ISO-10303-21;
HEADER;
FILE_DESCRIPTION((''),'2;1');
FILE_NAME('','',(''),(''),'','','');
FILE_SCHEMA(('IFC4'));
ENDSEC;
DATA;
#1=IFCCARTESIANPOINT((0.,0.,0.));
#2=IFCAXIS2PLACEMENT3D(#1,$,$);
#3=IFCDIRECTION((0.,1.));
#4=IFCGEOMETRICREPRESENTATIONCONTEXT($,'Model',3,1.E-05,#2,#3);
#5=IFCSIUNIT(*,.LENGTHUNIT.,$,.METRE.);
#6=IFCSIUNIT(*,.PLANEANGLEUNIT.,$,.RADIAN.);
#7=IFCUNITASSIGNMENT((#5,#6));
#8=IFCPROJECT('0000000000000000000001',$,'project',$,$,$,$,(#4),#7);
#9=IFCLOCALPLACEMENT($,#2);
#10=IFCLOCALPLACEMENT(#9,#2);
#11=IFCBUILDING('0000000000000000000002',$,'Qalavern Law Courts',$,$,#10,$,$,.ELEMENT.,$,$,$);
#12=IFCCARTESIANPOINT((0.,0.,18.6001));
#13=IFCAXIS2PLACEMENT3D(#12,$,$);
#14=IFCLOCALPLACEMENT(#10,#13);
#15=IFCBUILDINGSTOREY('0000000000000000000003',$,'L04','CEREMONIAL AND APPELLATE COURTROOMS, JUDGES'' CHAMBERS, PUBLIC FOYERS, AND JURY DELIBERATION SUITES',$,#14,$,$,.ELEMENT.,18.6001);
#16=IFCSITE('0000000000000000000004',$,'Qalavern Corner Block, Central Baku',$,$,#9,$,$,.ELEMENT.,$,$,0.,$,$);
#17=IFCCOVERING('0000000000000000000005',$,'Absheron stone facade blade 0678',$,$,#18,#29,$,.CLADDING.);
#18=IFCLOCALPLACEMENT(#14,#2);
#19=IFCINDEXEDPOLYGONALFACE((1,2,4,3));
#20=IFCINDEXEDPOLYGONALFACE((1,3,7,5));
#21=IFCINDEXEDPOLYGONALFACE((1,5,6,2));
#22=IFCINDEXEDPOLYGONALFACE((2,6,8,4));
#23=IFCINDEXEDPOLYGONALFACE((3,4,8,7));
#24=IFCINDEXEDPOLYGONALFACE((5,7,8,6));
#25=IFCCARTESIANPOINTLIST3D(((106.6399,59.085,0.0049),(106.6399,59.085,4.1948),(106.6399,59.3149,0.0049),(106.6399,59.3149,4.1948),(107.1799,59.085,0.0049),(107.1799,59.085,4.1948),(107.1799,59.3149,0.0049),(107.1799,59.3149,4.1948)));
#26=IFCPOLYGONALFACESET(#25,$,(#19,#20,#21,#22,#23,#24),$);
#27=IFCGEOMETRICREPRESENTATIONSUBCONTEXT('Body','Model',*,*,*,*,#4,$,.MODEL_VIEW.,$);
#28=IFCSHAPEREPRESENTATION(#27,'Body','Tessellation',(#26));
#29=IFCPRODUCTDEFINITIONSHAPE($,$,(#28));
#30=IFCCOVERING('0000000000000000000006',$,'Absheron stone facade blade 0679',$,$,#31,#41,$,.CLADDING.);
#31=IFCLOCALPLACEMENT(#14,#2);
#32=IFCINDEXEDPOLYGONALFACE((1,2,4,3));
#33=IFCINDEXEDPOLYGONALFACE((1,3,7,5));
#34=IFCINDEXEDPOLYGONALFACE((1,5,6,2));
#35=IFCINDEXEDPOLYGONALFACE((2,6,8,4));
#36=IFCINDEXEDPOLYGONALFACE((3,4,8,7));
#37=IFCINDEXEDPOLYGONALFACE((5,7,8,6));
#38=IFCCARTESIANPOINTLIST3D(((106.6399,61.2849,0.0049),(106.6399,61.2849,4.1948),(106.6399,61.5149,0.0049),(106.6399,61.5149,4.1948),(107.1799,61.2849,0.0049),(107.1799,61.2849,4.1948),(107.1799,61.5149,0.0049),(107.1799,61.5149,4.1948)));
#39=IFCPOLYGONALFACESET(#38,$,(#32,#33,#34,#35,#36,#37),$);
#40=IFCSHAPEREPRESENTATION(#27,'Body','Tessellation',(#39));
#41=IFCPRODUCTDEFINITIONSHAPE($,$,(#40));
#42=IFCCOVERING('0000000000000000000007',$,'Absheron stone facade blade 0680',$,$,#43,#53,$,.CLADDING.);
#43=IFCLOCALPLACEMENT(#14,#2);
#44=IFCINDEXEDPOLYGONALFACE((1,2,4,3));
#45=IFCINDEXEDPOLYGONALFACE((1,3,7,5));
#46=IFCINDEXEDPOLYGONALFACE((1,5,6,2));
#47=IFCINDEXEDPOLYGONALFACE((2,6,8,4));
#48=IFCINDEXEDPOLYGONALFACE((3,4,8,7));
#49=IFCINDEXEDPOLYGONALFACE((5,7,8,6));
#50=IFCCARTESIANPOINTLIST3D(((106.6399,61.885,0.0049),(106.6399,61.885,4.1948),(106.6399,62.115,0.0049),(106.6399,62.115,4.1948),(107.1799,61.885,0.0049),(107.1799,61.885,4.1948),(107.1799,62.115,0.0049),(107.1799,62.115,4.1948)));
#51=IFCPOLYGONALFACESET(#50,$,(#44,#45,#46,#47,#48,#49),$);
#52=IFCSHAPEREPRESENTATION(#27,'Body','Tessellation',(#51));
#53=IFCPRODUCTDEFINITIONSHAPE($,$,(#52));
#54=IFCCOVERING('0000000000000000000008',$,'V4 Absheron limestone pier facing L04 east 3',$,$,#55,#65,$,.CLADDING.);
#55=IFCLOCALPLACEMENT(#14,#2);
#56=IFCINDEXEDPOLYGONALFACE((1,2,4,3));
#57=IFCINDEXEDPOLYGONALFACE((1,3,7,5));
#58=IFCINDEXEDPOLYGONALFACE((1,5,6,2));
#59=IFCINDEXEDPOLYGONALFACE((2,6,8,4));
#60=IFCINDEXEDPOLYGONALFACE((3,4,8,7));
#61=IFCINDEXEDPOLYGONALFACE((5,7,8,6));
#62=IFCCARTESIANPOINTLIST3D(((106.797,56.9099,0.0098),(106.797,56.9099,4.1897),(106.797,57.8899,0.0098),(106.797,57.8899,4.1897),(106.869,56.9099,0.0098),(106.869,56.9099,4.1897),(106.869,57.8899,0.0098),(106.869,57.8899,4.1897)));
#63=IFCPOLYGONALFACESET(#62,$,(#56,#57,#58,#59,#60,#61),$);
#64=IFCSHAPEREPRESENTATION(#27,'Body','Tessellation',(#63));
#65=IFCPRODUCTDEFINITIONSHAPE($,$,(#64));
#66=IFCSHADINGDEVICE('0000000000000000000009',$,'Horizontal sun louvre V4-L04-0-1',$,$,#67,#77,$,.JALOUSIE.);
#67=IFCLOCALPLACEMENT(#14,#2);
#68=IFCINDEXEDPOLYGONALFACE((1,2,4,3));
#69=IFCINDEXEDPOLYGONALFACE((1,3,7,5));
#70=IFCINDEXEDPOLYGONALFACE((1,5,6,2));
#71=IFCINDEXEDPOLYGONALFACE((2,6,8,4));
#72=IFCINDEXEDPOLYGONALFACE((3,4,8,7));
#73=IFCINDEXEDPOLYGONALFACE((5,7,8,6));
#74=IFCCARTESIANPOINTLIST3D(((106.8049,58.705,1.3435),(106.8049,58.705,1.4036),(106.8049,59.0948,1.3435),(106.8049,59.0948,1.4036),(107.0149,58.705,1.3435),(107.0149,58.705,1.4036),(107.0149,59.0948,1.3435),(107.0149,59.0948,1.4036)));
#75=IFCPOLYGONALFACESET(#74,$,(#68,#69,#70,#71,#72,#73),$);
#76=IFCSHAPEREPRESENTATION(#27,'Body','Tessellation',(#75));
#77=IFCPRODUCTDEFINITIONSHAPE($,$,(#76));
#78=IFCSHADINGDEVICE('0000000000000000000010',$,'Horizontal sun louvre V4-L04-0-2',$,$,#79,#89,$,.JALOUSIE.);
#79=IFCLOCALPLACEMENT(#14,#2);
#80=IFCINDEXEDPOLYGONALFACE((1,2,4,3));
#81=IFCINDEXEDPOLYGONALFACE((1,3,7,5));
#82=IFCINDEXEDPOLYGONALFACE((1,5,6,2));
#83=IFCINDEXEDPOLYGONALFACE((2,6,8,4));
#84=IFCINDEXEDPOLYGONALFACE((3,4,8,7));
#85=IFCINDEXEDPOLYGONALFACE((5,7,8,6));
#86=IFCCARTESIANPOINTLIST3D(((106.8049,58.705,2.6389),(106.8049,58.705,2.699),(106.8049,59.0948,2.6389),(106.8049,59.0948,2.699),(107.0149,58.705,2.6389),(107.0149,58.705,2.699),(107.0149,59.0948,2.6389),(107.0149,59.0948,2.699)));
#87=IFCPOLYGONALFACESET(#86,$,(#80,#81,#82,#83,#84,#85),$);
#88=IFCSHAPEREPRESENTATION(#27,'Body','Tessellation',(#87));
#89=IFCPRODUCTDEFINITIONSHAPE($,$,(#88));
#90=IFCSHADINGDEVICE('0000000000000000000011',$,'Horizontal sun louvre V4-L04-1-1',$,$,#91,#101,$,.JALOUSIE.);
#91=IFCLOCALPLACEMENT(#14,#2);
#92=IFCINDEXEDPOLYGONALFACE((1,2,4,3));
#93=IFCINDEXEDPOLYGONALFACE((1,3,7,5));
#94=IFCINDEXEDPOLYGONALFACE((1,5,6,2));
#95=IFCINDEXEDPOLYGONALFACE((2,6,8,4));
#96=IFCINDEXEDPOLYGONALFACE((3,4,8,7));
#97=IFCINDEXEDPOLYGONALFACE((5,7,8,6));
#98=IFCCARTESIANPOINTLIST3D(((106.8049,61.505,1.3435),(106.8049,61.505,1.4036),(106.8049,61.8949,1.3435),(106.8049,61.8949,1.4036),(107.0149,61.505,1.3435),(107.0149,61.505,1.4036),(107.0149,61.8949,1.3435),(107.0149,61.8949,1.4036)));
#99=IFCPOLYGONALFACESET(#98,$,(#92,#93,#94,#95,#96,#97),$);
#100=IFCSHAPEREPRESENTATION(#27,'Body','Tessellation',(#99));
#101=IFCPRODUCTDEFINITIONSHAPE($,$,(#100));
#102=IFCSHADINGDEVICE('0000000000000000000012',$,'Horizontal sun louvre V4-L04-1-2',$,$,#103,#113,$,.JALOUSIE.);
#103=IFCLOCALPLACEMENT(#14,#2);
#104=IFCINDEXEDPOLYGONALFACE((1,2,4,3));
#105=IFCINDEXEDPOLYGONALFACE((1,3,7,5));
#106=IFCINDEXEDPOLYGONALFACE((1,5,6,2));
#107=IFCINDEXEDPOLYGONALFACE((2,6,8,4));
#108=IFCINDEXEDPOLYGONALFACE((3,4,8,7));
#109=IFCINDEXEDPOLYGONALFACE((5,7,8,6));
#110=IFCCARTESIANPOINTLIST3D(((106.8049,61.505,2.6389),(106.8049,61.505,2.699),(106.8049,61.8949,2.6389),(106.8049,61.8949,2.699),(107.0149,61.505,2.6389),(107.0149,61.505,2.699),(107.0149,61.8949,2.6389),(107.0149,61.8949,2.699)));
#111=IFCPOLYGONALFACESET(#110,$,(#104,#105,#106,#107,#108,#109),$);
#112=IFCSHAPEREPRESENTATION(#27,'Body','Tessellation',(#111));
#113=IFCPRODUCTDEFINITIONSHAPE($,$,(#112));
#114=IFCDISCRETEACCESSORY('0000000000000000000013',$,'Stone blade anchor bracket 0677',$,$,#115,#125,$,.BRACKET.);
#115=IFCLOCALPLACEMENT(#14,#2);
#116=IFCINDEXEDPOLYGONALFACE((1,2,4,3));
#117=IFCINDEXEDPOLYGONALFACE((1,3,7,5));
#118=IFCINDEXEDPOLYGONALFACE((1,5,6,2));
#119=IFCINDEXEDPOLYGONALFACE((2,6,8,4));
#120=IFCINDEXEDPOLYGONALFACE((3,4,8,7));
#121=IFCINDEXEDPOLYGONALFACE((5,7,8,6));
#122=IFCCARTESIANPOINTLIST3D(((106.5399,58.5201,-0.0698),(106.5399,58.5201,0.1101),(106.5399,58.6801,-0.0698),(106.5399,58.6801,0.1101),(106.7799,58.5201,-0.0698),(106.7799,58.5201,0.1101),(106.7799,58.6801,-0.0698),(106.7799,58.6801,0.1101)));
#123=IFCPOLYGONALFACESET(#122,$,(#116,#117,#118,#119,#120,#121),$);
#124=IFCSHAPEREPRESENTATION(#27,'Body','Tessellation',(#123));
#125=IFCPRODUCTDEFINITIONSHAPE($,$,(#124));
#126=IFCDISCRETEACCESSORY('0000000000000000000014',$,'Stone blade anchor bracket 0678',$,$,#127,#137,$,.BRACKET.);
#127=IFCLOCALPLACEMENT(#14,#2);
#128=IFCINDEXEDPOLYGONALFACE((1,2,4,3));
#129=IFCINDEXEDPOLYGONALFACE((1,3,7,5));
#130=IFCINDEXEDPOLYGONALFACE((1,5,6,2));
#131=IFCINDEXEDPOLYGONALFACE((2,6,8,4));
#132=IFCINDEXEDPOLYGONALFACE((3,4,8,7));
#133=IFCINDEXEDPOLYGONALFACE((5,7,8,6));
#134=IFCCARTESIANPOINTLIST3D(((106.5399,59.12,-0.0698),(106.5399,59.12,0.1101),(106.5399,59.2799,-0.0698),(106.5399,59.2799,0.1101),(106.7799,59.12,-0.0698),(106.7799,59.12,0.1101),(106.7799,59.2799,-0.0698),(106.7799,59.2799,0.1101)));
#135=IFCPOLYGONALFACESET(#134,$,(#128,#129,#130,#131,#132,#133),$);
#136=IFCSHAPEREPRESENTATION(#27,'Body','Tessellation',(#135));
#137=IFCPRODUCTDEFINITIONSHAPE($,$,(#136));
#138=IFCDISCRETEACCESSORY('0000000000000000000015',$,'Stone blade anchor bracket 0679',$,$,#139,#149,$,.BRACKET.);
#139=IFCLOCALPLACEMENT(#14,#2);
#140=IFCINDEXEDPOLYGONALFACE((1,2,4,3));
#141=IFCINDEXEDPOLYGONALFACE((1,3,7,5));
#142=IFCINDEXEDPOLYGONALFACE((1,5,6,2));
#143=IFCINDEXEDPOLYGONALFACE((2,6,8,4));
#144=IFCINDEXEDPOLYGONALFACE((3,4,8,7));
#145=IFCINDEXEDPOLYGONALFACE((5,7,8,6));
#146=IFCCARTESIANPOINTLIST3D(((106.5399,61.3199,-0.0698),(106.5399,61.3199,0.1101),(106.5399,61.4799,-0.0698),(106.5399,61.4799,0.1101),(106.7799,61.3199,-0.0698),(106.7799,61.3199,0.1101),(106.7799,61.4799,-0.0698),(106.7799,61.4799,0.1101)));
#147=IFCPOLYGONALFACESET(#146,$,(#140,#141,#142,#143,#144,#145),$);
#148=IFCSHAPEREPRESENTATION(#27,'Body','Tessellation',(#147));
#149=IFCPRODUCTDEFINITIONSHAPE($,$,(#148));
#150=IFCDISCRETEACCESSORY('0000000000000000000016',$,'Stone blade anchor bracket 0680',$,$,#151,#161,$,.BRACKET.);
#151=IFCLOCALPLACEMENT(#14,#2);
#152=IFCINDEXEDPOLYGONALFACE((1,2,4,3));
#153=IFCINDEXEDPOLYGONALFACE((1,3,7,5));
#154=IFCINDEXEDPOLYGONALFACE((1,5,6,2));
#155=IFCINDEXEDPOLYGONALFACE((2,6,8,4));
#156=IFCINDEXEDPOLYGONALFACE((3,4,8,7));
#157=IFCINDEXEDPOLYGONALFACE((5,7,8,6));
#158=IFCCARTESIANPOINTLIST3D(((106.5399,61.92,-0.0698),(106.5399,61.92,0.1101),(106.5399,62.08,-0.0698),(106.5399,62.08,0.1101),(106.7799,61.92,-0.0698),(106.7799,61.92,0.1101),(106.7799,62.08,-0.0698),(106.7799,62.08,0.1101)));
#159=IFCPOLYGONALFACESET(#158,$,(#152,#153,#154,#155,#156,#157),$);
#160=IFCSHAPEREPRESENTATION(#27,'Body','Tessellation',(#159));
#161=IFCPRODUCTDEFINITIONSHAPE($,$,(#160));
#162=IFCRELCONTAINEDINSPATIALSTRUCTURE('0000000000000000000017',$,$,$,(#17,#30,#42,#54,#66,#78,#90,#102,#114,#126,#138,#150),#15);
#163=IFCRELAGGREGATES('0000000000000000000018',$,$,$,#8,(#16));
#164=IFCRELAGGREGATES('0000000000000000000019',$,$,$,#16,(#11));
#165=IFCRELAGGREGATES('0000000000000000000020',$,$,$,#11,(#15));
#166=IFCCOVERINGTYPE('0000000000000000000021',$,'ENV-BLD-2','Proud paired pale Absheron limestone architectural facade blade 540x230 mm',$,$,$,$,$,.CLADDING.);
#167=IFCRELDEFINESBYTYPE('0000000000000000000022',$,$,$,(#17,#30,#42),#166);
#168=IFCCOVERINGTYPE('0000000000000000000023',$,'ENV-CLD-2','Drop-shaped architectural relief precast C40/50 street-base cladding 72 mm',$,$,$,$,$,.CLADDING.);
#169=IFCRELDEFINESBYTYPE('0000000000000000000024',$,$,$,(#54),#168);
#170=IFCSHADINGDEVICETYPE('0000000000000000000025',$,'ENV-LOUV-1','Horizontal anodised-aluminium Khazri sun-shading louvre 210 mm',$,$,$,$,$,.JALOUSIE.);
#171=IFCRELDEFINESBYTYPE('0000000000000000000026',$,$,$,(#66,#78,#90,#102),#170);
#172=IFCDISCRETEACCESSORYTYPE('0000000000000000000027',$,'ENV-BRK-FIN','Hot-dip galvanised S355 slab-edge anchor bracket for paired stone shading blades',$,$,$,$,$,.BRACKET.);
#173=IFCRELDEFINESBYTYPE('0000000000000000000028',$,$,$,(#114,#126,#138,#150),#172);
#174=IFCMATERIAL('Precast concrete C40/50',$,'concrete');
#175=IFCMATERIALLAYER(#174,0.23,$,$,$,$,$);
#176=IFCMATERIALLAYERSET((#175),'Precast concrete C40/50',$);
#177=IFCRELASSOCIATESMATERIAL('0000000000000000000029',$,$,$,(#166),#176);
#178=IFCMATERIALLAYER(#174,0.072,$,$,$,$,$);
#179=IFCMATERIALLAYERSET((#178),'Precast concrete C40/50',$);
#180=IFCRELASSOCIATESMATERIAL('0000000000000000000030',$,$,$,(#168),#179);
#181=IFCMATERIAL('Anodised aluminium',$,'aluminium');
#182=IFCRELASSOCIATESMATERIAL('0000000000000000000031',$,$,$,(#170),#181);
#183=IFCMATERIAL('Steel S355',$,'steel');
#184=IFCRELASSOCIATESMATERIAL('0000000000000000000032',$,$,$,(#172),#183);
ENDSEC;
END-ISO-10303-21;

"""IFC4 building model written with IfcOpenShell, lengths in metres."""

from ifc_helpers import new_model, si_unit, direction, frame, origin, origin_2d, place, context, subcontext, project, spatial, rectangle, extrude, material, layer, layer_set, type_object, element, save


model = new_model("IFC4")

# Units and contexts
model_context = context("Model", 3, precision=1e-05, world=origin(), true_north=direction((0.0, 1.0)))
body_context = subcontext(model_context, "Body", "Model", "MODEL_VIEW")
ifc_project = project(units=[si_unit("LENGTHUNIT", "METRE"), si_unit("PLANEANGLEUNIT", "RADIAN")], contexts=[model_context])

# Site, building, storey
site_placement = place(None, origin())
site = spatial("IfcSite", under=ifc_project, at=site_placement, Name="Qalavern Corner Block, Central Baku", CompositionType="ELEMENT", RefElevation=0.0)
building_placement = place(site_placement, origin())
building = spatial("IfcBuilding", under=site, at=building_placement, Name="Qalavern Law Courts", CompositionType="ELEMENT")
storey_placement = place(building_placement, frame((0.0, 0.0, 18.6001)))
storey = spatial("IfcBuildingStorey", under=building, at=storey_placement, Name="L04", Description="CEREMONIAL AND APPELLATE COURTROOMS, JUDGES' CHAMBERS, PUBLIC FOYERS, AND JURY DELIBERATION SUITES", CompositionType="ELEMENT", Elevation=18.6001)

# Shared definitions
ifc_material_1 = material(Name="Anodised aluminium", Category="aluminium")

# Coverings
ifc_material_2 = material(Name="Precast concrete C40/50", Category="concrete")
ifc_layer_1 = layer(ifc_material_2, 0.23)
ifc_layer_set_1 = layer_set([ifc_layer_1], Name="Precast concrete C40/50")
covering_type_1 = type_object("IfcCoveringType", Name="ENV-BLD-2", Description="Proud paired pale Absheron limestone architectural facade blade 540x230 mm", PredefinedType="CLADDING", material=ifc_layer_set_1)
for number, where, z_axis, x_axis, name in (
    (1, (106.9099, 59.2, 0.0049), (0.0, 0.0, 1.0), (1.0, 0.0, 0.0), "Absheron stone facade blade 0678"),
    (2, (106.9099, 61.3999, 0.0049), (0.0, 0.0, 1.0), (1.0, 0.0, 0.0), "Absheron stone facade blade 0679"),
    (3, (106.9099, 62.0, 0.0049), (0.0, 0.0, 1.0), (1.0, 0.0, 0.0), "Absheron stone facade blade 0680"),
):
    element("IfcCovering", number, at=place(storey_placement, frame(where, z_axis=z_axis, x_axis=x_axis)), inside=storey, type_object=covering_type_1, Name=name, PredefinedType="CLADDING", context=body_context, shape_type="SweptSolid", body=[
        extrude(rectangle(XDim=0.54, YDim=0.23, at=origin_2d()), origin(), (0.0, 0.0, 1.0), 4.1899),
    ])
ifc_layer_2 = layer(ifc_material_2, 0.072)
ifc_layer_set_2 = layer_set([ifc_layer_2], Name="Precast concrete C40/50")
covering_type_2 = type_object("IfcCoveringType", Name="ENV-CLD-2", Description="Drop-shaped architectural relief precast C40/50 street-base cladding 72 mm", PredefinedType="CLADDING", material=ifc_layer_set_2)
covering_placement = place(storey_placement, frame((106.833, 57.3999, 0.0098), z_axis=(0.0, 0.0, 1.0), x_axis=(0.0, 1.0, 0.0)))
element("IfcCovering", 4, at=covering_placement, inside=storey, type_object=covering_type_2, Name="V4 Absheron limestone pier facing L04 east 3", PredefinedType="CLADDING", context=body_context, shape_type="SweptSolid", body=[
    extrude(rectangle(XDim=0.98, YDim=0.072, at=origin_2d()), origin(), (0.0, 0.0, 1.0), 4.1799),
])

# Shading devices
shading_device_type = type_object("IfcShadingDeviceType", Name="ENV-LOUV-1", Description="Horizontal anodised-aluminium Khazri sun-shading louvre 210 mm", PredefinedType="JALOUSIE", material=ifc_material_1)
for number, where, z_axis, x_axis, name in (
    (5, (106.9099, 58.8999, 1.3435), (0.0, 0.0, 1.0), (0.0, 1.0, 0.0), "Horizontal sun louvre V4-L04-0-1"),
    (6, (106.9099, 58.8999, 2.6389), (0.0, 0.0, 1.0), (0.0, 1.0, 0.0), "Horizontal sun louvre V4-L04-0-2"),
    (7, (106.9099, 61.7, 1.3435), (0.0, 0.0, 1.0), (0.0, 1.0, 0.0), "Horizontal sun louvre V4-L04-1-1"),
    (8, (106.9099, 61.7, 2.6389), (0.0, 0.0, 1.0), (0.0, 1.0, 0.0), "Horizontal sun louvre V4-L04-1-2"),
):
    element("IfcShadingDevice", number, at=place(storey_placement, frame(where, z_axis=z_axis, x_axis=x_axis)), inside=storey, type_object=shading_device_type, Name=name, PredefinedType="JALOUSIE", context=body_context, shape_type="SweptSolid", body=[
        extrude(rectangle(XDim=0.3899, YDim=0.21, at=origin_2d()), origin(), (0.0, 0.0, 1.0), 0.0601),
    ])

# Discrete accessories
ifc_material_3 = material(Name="Steel S355", Category="steel")
discrete_accessory_type = type_object("IfcDiscreteAccessoryType", Name="ENV-BRK-FIN", Description="Hot-dip galvanised S355 slab-edge anchor bracket for paired stone shading blades", PredefinedType="BRACKET", material=ifc_material_3)
for number, where, z_axis, x_axis, name in (
    (9, (106.6599, 58.6001, -0.0698), (0.0, 0.0, 1.0), (1.0, 0.0, 0.0), "Stone blade anchor bracket 0677"),
    (10, (106.6599, 59.2, -0.0698), (0.0, 0.0, 1.0), (1.0, 0.0, 0.0), "Stone blade anchor bracket 0678"),
    (11, (106.6599, 61.3999, -0.0698), (0.0, 0.0, 1.0), (1.0, 0.0, 0.0), "Stone blade anchor bracket 0679"),
    (12, (106.6599, 62.0, -0.0698), (0.0, 0.0, 1.0), (1.0, 0.0, 0.0), "Stone blade anchor bracket 0680"),
):
    element("IfcDiscreteAccessory", number, at=place(storey_placement, frame(where, z_axis=z_axis, x_axis=x_axis)), inside=storey, type_object=discrete_accessory_type, Name=name, PredefinedType="BRACKET", context=body_context, shape_type="SweptSolid", body=[
        extrude(rectangle(XDim=0.24, YDim=0.1599, at=origin_2d()), origin(), (0.0, 0.0, 1.0), 0.1799),
    ])

save(model, "model.ifc")
